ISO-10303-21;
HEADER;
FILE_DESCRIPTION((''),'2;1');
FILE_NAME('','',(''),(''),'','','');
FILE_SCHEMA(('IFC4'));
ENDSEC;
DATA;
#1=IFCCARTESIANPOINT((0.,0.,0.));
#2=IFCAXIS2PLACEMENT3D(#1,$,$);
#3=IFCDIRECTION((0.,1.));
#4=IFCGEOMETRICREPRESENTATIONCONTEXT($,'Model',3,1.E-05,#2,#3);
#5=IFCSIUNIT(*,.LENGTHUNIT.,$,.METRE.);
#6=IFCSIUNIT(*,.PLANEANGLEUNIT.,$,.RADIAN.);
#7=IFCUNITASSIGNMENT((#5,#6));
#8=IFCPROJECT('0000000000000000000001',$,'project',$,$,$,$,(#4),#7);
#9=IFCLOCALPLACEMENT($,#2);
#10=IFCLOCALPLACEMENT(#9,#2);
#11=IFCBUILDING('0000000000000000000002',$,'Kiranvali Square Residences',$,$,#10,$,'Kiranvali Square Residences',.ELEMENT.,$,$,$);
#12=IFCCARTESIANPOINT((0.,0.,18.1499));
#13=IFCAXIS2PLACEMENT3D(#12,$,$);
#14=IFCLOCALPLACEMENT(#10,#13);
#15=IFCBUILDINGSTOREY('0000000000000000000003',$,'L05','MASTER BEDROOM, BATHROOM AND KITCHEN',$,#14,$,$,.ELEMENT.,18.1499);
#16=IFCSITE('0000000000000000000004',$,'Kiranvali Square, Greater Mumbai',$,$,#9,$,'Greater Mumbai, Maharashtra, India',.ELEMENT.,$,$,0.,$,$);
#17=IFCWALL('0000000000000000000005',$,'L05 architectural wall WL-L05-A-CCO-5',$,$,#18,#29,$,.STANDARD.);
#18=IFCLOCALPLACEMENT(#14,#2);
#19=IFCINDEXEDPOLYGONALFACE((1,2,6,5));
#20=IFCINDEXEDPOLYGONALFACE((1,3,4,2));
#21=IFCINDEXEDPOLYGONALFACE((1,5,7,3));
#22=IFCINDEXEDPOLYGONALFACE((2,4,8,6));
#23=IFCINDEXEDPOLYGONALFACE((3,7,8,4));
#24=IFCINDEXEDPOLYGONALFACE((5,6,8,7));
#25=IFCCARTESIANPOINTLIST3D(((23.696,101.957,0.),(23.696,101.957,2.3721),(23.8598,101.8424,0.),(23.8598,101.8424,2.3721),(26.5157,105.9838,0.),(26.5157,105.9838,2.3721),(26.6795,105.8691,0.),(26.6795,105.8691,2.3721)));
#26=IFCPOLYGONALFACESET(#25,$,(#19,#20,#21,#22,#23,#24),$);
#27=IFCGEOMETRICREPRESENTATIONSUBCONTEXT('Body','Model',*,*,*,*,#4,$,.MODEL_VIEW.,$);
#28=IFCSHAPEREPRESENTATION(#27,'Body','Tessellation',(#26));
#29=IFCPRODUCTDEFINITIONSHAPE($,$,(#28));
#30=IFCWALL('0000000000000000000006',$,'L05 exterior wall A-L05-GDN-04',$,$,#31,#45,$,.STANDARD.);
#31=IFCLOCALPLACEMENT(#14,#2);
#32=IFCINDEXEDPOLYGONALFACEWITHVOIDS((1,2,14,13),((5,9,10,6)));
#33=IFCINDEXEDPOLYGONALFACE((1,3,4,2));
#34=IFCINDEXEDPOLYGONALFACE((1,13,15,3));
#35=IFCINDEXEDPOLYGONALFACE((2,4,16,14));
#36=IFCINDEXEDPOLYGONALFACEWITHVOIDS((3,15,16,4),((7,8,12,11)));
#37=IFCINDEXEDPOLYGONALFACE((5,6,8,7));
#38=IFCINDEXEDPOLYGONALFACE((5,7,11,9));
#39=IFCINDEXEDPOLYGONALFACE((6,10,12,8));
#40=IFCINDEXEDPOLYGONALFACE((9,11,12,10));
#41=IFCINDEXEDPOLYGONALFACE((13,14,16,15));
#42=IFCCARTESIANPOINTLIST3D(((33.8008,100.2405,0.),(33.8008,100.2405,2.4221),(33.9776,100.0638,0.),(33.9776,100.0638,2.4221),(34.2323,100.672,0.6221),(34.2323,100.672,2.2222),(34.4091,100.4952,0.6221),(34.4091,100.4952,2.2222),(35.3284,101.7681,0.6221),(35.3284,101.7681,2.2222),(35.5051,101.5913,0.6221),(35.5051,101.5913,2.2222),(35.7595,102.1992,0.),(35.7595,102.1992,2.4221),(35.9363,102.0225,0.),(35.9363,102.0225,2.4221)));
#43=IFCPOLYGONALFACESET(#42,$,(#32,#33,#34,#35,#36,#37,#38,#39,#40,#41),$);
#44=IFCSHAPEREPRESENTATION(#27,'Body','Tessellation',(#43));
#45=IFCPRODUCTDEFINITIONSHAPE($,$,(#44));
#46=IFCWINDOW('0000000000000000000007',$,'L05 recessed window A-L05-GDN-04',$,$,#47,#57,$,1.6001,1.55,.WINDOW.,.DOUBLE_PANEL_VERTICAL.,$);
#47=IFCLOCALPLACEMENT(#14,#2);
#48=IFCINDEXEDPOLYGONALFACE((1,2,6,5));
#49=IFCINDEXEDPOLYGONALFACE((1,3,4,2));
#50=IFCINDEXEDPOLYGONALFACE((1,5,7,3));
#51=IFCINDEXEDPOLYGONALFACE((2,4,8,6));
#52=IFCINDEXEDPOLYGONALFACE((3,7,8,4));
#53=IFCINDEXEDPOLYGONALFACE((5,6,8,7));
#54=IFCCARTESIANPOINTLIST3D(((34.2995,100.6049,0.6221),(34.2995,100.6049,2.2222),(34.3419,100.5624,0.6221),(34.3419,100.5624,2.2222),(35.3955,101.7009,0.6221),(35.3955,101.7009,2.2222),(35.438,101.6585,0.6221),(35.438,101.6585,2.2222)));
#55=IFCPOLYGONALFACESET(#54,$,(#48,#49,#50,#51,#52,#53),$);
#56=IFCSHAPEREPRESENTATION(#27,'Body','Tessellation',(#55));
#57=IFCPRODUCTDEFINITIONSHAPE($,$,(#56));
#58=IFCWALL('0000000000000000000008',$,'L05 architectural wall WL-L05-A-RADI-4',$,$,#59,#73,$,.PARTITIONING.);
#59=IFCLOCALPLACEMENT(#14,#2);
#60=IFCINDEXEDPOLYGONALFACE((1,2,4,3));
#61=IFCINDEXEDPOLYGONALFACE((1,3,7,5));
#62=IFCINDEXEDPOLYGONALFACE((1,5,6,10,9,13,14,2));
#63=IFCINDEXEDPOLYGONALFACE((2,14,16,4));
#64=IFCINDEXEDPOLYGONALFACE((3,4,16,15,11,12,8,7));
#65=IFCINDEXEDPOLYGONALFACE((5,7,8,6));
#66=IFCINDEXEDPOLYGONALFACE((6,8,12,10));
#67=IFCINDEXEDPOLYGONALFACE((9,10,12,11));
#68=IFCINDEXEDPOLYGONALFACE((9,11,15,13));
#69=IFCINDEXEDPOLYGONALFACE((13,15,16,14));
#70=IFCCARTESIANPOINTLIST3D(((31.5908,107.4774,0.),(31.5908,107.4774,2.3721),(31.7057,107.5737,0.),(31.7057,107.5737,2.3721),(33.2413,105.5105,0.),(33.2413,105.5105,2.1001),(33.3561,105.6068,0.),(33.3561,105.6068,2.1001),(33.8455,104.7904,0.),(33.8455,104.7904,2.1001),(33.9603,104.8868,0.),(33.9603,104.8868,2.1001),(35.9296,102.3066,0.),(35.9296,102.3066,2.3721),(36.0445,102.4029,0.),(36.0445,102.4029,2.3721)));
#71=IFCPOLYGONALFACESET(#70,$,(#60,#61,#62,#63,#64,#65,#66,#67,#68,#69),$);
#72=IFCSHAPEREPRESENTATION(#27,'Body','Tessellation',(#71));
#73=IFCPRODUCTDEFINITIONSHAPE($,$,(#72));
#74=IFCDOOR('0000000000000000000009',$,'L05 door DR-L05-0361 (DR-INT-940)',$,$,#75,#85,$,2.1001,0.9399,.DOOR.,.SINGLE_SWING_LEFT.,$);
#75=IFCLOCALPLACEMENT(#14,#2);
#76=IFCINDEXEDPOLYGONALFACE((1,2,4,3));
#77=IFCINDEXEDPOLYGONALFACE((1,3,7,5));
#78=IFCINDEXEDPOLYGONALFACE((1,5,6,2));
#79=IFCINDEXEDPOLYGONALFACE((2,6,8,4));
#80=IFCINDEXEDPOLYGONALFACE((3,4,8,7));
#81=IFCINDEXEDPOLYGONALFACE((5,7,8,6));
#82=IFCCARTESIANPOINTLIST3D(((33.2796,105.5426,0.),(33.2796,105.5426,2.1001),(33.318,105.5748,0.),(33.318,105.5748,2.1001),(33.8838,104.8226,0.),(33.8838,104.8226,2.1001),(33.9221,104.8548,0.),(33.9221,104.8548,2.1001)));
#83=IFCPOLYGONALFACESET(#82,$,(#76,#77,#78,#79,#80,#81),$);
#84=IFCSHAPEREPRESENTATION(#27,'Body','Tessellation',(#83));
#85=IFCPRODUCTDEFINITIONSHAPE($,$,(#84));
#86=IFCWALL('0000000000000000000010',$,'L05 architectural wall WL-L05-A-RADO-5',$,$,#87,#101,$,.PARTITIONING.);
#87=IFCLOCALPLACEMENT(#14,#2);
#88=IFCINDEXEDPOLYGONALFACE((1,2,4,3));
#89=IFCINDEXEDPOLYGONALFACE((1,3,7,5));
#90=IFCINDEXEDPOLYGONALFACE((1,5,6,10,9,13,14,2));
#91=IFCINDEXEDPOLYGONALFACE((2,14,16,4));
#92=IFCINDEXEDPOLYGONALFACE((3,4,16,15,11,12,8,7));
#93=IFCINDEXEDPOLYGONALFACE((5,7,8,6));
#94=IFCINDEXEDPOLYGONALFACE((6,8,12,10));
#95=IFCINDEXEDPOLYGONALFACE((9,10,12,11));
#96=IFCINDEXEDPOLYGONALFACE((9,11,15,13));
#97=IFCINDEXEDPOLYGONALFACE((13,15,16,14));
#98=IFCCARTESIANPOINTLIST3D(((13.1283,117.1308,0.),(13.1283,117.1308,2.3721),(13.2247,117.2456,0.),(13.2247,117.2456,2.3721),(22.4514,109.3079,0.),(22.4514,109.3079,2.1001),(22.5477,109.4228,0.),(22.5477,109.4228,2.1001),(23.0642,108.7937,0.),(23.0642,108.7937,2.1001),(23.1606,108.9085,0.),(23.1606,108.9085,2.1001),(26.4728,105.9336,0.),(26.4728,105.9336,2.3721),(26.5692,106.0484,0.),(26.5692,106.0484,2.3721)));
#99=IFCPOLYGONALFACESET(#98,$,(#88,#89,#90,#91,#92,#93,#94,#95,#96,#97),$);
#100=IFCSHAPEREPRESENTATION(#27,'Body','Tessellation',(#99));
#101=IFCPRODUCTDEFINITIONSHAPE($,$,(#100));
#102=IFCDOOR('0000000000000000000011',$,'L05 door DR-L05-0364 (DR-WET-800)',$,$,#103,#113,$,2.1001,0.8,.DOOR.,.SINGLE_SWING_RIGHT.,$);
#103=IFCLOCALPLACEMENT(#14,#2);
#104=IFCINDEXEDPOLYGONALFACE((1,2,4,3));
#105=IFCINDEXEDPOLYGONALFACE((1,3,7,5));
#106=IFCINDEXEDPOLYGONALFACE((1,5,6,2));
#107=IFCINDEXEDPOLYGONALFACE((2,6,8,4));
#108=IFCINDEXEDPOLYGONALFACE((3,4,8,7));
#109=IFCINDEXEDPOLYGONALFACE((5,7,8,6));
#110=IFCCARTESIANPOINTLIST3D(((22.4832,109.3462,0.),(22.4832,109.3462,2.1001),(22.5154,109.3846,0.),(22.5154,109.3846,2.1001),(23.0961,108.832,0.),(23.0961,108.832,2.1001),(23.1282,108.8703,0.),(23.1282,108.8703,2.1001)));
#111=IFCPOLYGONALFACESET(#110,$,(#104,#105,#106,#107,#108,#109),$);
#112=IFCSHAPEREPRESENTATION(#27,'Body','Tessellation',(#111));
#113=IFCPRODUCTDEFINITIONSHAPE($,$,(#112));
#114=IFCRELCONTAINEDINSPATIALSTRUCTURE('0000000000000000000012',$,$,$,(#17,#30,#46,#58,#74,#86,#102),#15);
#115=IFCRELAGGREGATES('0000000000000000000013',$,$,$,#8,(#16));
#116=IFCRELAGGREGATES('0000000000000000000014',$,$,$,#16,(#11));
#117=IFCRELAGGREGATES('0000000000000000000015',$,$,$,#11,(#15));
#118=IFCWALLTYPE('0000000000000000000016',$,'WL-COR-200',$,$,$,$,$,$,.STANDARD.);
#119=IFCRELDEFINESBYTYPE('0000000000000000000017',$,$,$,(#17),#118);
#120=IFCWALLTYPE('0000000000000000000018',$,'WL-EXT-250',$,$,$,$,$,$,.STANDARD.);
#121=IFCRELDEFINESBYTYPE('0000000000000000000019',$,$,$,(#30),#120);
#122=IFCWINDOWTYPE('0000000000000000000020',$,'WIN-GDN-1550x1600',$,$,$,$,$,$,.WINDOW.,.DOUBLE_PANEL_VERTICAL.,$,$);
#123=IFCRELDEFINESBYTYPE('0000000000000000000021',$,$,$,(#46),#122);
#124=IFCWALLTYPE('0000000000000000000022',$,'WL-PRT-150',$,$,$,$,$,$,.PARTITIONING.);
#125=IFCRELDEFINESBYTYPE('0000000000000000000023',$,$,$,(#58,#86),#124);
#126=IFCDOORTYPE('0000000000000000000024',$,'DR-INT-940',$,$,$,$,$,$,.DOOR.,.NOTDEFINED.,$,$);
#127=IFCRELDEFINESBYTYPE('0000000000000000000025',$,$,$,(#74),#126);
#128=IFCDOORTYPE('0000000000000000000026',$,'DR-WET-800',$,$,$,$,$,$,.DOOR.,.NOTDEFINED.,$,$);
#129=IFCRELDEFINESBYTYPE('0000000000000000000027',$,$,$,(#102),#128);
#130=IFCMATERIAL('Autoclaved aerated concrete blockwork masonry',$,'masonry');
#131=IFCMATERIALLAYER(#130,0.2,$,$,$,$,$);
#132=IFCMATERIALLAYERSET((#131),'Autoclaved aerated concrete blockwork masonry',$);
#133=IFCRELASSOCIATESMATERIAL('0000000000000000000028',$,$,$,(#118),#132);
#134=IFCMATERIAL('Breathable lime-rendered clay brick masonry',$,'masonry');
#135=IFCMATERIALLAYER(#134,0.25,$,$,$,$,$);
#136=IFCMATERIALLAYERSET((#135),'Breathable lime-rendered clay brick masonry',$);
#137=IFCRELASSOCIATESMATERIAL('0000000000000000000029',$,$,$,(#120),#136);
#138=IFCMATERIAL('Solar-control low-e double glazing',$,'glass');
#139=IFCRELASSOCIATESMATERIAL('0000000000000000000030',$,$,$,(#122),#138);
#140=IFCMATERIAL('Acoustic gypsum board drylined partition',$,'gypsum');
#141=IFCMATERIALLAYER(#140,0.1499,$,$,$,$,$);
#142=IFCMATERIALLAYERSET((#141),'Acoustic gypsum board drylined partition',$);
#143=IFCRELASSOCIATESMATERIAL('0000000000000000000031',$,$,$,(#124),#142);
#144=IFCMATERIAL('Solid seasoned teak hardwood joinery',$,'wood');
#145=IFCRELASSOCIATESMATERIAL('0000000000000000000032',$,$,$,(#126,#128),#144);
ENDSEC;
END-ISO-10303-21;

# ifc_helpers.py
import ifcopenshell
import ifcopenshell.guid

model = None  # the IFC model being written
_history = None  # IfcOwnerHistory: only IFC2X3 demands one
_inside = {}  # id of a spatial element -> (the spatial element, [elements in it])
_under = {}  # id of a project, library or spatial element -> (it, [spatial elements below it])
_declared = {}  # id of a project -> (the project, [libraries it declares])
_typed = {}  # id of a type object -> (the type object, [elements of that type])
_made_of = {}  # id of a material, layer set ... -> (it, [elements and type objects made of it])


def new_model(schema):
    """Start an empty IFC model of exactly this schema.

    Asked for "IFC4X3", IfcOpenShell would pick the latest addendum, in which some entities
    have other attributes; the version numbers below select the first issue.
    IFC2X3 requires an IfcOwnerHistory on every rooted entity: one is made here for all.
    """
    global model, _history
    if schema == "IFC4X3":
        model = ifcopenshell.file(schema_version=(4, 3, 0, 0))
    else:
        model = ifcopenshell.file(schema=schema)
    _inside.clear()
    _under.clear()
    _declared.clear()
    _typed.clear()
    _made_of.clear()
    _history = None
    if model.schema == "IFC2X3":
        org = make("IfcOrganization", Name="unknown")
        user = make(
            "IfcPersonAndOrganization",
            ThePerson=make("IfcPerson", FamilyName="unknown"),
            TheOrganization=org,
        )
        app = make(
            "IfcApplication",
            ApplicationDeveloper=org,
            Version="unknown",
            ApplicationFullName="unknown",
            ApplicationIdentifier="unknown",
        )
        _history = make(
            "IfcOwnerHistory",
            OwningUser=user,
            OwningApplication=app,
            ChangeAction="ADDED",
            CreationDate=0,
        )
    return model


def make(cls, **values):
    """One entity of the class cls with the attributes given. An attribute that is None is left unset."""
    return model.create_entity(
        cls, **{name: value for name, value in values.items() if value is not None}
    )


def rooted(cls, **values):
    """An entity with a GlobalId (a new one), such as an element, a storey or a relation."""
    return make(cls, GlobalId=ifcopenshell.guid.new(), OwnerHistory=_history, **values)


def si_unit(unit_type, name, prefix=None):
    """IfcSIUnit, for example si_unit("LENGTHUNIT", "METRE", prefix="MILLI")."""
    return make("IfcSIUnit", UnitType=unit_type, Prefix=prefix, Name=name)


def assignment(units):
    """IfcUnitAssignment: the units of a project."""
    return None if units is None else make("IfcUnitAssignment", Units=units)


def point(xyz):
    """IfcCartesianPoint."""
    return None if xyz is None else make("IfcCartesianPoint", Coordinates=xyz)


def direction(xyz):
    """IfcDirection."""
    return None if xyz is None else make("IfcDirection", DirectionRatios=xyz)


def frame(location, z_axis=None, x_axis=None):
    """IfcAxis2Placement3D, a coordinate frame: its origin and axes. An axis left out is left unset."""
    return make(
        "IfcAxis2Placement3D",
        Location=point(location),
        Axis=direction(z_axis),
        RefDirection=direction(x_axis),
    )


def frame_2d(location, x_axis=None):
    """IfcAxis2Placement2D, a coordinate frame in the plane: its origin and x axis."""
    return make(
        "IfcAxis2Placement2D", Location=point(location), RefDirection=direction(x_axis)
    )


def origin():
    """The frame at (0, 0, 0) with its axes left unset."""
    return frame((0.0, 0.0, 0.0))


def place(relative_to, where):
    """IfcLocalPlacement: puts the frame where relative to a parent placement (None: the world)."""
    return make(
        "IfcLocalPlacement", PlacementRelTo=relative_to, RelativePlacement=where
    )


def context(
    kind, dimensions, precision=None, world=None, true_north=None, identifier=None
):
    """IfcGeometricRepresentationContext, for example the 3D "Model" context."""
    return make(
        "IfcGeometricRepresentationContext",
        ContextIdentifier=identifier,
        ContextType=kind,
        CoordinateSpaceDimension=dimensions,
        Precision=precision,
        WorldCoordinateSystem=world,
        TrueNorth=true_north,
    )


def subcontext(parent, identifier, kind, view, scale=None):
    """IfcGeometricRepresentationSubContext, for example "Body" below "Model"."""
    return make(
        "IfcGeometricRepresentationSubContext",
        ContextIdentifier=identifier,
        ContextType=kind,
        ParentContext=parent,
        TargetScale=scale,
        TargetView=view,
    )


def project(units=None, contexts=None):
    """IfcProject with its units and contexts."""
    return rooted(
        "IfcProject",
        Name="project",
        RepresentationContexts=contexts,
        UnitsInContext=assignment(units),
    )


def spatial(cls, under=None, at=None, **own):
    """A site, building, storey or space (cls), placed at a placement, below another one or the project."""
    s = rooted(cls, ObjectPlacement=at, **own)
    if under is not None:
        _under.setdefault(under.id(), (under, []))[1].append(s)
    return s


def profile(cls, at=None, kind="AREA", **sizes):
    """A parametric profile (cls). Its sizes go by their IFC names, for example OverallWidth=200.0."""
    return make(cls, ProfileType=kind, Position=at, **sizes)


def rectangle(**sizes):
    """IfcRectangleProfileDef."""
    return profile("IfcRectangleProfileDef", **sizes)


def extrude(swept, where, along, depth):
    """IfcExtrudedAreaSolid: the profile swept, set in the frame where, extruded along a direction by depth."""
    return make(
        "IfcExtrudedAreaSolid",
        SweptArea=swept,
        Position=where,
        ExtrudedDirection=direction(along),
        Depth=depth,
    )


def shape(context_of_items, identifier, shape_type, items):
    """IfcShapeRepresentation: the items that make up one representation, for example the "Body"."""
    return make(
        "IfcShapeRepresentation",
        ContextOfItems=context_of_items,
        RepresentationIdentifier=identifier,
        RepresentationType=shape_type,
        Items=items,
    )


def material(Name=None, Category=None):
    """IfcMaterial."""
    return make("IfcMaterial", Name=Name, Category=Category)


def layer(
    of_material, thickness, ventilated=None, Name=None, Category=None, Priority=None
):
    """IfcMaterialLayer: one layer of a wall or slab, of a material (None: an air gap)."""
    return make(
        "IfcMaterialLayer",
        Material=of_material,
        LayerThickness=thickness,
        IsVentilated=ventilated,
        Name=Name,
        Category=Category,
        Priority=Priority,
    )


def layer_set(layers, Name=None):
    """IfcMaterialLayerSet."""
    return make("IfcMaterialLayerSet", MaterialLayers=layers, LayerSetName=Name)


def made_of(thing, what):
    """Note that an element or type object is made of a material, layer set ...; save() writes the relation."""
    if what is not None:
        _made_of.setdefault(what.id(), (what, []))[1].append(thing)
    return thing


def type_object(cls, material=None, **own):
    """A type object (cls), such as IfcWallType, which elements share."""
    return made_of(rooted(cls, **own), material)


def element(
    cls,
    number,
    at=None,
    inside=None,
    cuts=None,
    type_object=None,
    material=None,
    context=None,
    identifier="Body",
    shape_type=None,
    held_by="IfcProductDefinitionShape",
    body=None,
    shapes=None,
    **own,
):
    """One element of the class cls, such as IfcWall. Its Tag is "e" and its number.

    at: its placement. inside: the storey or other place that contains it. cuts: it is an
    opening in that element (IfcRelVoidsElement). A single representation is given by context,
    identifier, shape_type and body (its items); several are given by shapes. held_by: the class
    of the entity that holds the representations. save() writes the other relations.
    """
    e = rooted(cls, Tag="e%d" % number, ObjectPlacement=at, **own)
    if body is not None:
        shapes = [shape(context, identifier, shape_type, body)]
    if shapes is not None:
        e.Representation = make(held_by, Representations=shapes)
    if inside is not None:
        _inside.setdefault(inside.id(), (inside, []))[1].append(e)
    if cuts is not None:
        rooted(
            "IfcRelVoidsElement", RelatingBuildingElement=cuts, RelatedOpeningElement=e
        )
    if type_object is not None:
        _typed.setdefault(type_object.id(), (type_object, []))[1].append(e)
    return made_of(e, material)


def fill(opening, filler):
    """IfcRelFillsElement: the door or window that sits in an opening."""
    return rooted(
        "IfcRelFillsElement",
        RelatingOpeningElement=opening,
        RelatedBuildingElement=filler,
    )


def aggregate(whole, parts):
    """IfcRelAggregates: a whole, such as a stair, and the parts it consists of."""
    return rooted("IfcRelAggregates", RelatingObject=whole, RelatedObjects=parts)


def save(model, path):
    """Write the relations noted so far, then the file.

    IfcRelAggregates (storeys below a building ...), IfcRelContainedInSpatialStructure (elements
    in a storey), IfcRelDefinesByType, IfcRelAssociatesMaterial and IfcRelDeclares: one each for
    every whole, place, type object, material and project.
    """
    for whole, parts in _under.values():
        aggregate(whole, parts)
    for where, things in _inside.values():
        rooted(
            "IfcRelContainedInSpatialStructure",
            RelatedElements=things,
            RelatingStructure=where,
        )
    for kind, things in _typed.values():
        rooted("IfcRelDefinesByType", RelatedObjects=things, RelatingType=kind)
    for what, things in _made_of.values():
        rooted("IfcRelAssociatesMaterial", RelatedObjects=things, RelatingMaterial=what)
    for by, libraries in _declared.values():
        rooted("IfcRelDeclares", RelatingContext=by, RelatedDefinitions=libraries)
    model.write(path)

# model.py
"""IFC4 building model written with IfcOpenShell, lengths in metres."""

from ifc_helpers import new_model, si_unit, direction, frame, frame_2d, origin, place, context, subcontext, project, spatial, rectangle, extrude, material, layer, layer_set, type_object, element, fill, save


model = new_model("IFC4")

# Units and contexts
model_context = context("Model", 3, precision=1e-05, world=origin(), true_north=direction((0.0, 1.0)))
body_context = subcontext(model_context, "Body", "Model", "MODEL_VIEW")
ifc_project = project(units=[si_unit("LENGTHUNIT", "METRE"), si_unit("PLANEANGLEUNIT", "RADIAN")], contexts=[model_context])

# Site, building, storey
site_placement = place(None, origin())
site = spatial("IfcSite", under=ifc_project, at=site_placement, Name="Kiranvali Square, Greater Mumbai", LongName="Greater Mumbai, Maharashtra, India", CompositionType="ELEMENT", RefElevation=0.0)
building_placement = place(site_placement, origin())
building = spatial("IfcBuilding", under=site, at=building_placement, Name="Kiranvali Square Residences", LongName="Kiranvali Square Residences", CompositionType="ELEMENT")
storey_placement = place(building_placement, frame((0.0, 0.0, 18.1499)))
storey = spatial("IfcBuildingStorey", under=building, at=storey_placement, Name="L05", Description="MASTER BEDROOM, BATHROOM AND KITCHEN", CompositionType="ELEMENT", Elevation=18.1499)

# Wall
ifc_material_1 = material(Name="Autoclaved aerated concrete blockwork masonry", Category="masonry")
ifc_layer_1 = layer(ifc_material_1, 0.2)
ifc_layer_set_1 = layer_set([ifc_layer_1], Name="Autoclaved aerated concrete blockwork masonry")
wall_type_1 = type_object("IfcWallType", Name="WL-COR-200", PredefinedType="STANDARD", material=ifc_layer_set_1)
wall_1_placement = place(storey_placement, frame((26.5977, 105.9265, 0.0), z_axis=(0.0, 0.0, 1.0), x_axis=(-0.573592, -0.819141, 0.0)))
element("IfcWall", 1, at=wall_1_placement, inside=storey, type_object=wall_type_1, Name="L05 architectural wall WL-L05-A-CCO-5", PredefinedType="STANDARD", context=body_context, shape_type="SweptSolid", body=[
    extrude(rectangle(XDim=4.9158, YDim=0.2, at=frame_2d((2.458, 0.0))), origin(), (0.0, 0.0, 1.0), 2.3721),
])

# Wall, opening, window
ifc_material_2 = material(Name="Breathable lime-rendered clay brick masonry", Category="masonry")
ifc_layer_2 = layer(ifc_material_2, 0.25)
ifc_layer_set_2 = layer_set([ifc_layer_2], Name="Breathable lime-rendered clay brick masonry")
wall_type_2 = type_object("IfcWallType", Name="WL-EXT-250", PredefinedType="STANDARD", material=ifc_layer_set_2)
wall_2_placement = place(storey_placement, frame((35.8479, 102.1108, 0.0), z_axis=(0.0, 0.0, 1.0), x_axis=(-0.707107, -0.707107, 0.0)))
wall_2 = element("IfcWall", 2, at=wall_2_placement, inside=storey, type_object=wall_type_2, Name="L05 exterior wall A-L05-GDN-04", PredefinedType="STANDARD", context=body_context, shape_type="SweptSolid", body=[
    extrude(rectangle(XDim=2.77, YDim=0.25, at=frame_2d((1.385, 0.0))), origin(), (0.0, 0.0, 1.0), 2.4221),
])
opening_1_placement = place(wall_2_placement, frame((0.6099, 0.0, 0.6221)))
opening_1 = element("IfcOpeningElement", 3, at=opening_1_placement, cuts=wall_2, PredefinedType="OPENING", context=body_context, shape_type="SweptSolid", body=[
    extrude(rectangle(XDim=1.55, YDim=1.6001, at=frame_2d((0.7749, 0.8))), frame((0.0, 0.135, 0.0), z_axis=(0.0, -1.0, 0.0), x_axis=(1.0, 0.0, 0.0)), (0.0, 0.0, 1.0), 0.27),
])
ifc_material_3 = material(Name="Solar-control low-e double glazing", Category="glass")
window_type = type_object("IfcWindowType", Name="WIN-GDN-1550x1600", PartitioningType="DOUBLE_PANEL_VERTICAL", PredefinedType="WINDOW", material=ifc_material_3)
window_placement = place(opening_1_placement, origin())
window = element("IfcWindow", 4, at=window_placement, inside=storey, type_object=window_type, Name="L05 recessed window A-L05-GDN-04", OverallHeight=1.6001, OverallWidth=1.55, PartitioningType="DOUBLE_PANEL_VERTICAL", PredefinedType="WINDOW", context=body_context, shape_type="SweptSolid", body=[
    extrude(rectangle(XDim=1.55, YDim=1.6001, at=frame_2d((0.7749, 0.8))), frame((0.0, 0.03, 0.0), z_axis=(0.0, -1.0, 0.0), x_axis=(1.0, 0.0, 0.0)), (0.0, 0.0, 1.0), 0.0601),
])
fill(opening_1, window)

# Walls, openings, doors
ifc_material_4 = material(Name="Acoustic gypsum board drylined partition", Category="gypsum")
ifc_layer_3 = layer(ifc_material_4, 0.1499)
ifc_layer_set_3 = layer_set([ifc_layer_3], Name="Acoustic gypsum board drylined partition")
wall_type_3 = type_object("IfcWallType", Name="WL-PRT-150", PredefinedType="PARTITIONING", material=ifc_layer_set_3)
wall_3_placement = place(storey_placement, frame((35.9871, 102.3547, 0.0), z_axis=(0.0, 0.0, 1.0), x_axis=(-0.642785, 0.766047, 0.0)))
wall_3 = element("IfcWall", 5, at=wall_3_placement, inside=storey, type_object=wall_type_3, Name="L05 architectural wall WL-L05-A-RADI-4", PredefinedType="PARTITIONING", context=body_context, shape_type="SweptSolid", body=[
    extrude(rectangle(XDim=6.75, YDim=0.1499, at=frame_2d((3.375, 0.0))), origin(), (0.0, 0.0, 1.0), 2.3721),
])
opening_2_placement = place(wall_3_placement, frame((3.2424, 0.0, 0.0)))
opening_2 = element("IfcOpeningElement", 6, at=opening_2_placement, cuts=wall_3, PredefinedType="OPENING", context=body_context, shape_type="SweptSolid", body=[
    extrude(rectangle(XDim=0.9399, YDim=2.1001, at=frame_2d((0.47, 1.05))), frame((0.0, 0.085, 0.0), z_axis=(0.0, -1.0, 0.0), x_axis=(1.0, 0.0, 0.0)), (0.0, 0.0, 1.0), 0.1699),
])
ifc_material_5 = material(Name="Solid seasoned teak hardwood joinery", Category="wood")
door_type_1 = type_object("IfcDoorType", Name="DR-INT-940", OperationType="NOTDEFINED", PredefinedType="DOOR", material=ifc_material_5)
door_1_placement = place(opening_2_placement, origin())
door_1 = element("IfcDoor", 7, at=door_1_placement, inside=storey, type_object=door_type_1, Name="L05 door DR-L05-0361 (DR-INT-940)", OperationType="SINGLE_SWING_LEFT", OverallHeight=2.1001, OverallWidth=0.9399, PredefinedType="DOOR", context=body_context, shape_type="SweptSolid", body=[
    extrude(rectangle(XDim=0.9399, YDim=2.1001, at=frame_2d((0.47, 1.05))), frame((0.0, 0.0249, 0.0), z_axis=(0.0, -1.0, 0.0), x_axis=(1.0, 0.0, 0.0)), (0.0, 0.0, 1.0), 0.05),
])
fill(opening_2, door_1)
wall_4_placement = place(storey_placement, frame((26.521, 105.991, 0.0), z_axis=(0.0, 0.0, 1.0), x_axis=(-0.766047, 0.642785, 0.0)))
wall_4 = element("IfcWall", 8, at=wall_4_placement, inside=storey, type_object=wall_type_3, Name="L05 architectural wall WL-L05-A-RADO-5", PredefinedType="PARTITIONING", context=body_context, shape_type="SweptSolid", body=[
    extrude(rectangle(XDim=17.4199, YDim=0.1499, at=frame_2d((8.71, 0.0))), origin(), (0.0, 0.0, 1.0), 2.3721),
])
opening_3_placement = place(wall_4_placement, frame((4.4497, 0.0, 0.0)))
opening_3 = element("IfcOpeningElement", 9, at=opening_3_placement, cuts=wall_4, PredefinedType="OPENING", context=body_context, shape_type="SweptSolid", body=[
    extrude(rectangle(XDim=0.8, YDim=2.1001, at=frame_2d((0.3999, 1.05))), frame((0.0, 0.085, 0.0), z_axis=(0.0, -1.0, 0.0), x_axis=(1.0, 0.0, 0.0)), (0.0, 0.0, 1.0), 0.1699),
])
door_type_2 = type_object("IfcDoorType", Name="DR-WET-800", OperationType="NOTDEFINED", PredefinedType="DOOR", material=ifc_material_5)
door_2_placement = place(opening_3_placement, frame((0.8, 0.0, 0.0), z_axis=(0.0, 0.0, 1.0), x_axis=(-1.0, 0.0, 0.0)))
door_2 = element("IfcDoor", 10, at=door_2_placement, inside=storey, type_object=door_type_2, Name="L05 door DR-L05-0364 (DR-WET-800)", OperationType="SINGLE_SWING_RIGHT", OverallHeight=2.1001, OverallWidth=0.8, PredefinedType="DOOR", context=body_context, shape_type="SweptSolid", body=[
    extrude(rectangle(XDim=0.8, YDim=2.1001, at=frame_2d((0.3999, 1.05))), frame((0.0, 0.0249, 0.0), z_axis=(0.0, -1.0, 0.0), x_axis=(1.0, 0.0, 0.0)), (0.0, 0.0, 1.0), 0.05),
])
fill(opening_3, door_2)

save(model, "model.ifc")
